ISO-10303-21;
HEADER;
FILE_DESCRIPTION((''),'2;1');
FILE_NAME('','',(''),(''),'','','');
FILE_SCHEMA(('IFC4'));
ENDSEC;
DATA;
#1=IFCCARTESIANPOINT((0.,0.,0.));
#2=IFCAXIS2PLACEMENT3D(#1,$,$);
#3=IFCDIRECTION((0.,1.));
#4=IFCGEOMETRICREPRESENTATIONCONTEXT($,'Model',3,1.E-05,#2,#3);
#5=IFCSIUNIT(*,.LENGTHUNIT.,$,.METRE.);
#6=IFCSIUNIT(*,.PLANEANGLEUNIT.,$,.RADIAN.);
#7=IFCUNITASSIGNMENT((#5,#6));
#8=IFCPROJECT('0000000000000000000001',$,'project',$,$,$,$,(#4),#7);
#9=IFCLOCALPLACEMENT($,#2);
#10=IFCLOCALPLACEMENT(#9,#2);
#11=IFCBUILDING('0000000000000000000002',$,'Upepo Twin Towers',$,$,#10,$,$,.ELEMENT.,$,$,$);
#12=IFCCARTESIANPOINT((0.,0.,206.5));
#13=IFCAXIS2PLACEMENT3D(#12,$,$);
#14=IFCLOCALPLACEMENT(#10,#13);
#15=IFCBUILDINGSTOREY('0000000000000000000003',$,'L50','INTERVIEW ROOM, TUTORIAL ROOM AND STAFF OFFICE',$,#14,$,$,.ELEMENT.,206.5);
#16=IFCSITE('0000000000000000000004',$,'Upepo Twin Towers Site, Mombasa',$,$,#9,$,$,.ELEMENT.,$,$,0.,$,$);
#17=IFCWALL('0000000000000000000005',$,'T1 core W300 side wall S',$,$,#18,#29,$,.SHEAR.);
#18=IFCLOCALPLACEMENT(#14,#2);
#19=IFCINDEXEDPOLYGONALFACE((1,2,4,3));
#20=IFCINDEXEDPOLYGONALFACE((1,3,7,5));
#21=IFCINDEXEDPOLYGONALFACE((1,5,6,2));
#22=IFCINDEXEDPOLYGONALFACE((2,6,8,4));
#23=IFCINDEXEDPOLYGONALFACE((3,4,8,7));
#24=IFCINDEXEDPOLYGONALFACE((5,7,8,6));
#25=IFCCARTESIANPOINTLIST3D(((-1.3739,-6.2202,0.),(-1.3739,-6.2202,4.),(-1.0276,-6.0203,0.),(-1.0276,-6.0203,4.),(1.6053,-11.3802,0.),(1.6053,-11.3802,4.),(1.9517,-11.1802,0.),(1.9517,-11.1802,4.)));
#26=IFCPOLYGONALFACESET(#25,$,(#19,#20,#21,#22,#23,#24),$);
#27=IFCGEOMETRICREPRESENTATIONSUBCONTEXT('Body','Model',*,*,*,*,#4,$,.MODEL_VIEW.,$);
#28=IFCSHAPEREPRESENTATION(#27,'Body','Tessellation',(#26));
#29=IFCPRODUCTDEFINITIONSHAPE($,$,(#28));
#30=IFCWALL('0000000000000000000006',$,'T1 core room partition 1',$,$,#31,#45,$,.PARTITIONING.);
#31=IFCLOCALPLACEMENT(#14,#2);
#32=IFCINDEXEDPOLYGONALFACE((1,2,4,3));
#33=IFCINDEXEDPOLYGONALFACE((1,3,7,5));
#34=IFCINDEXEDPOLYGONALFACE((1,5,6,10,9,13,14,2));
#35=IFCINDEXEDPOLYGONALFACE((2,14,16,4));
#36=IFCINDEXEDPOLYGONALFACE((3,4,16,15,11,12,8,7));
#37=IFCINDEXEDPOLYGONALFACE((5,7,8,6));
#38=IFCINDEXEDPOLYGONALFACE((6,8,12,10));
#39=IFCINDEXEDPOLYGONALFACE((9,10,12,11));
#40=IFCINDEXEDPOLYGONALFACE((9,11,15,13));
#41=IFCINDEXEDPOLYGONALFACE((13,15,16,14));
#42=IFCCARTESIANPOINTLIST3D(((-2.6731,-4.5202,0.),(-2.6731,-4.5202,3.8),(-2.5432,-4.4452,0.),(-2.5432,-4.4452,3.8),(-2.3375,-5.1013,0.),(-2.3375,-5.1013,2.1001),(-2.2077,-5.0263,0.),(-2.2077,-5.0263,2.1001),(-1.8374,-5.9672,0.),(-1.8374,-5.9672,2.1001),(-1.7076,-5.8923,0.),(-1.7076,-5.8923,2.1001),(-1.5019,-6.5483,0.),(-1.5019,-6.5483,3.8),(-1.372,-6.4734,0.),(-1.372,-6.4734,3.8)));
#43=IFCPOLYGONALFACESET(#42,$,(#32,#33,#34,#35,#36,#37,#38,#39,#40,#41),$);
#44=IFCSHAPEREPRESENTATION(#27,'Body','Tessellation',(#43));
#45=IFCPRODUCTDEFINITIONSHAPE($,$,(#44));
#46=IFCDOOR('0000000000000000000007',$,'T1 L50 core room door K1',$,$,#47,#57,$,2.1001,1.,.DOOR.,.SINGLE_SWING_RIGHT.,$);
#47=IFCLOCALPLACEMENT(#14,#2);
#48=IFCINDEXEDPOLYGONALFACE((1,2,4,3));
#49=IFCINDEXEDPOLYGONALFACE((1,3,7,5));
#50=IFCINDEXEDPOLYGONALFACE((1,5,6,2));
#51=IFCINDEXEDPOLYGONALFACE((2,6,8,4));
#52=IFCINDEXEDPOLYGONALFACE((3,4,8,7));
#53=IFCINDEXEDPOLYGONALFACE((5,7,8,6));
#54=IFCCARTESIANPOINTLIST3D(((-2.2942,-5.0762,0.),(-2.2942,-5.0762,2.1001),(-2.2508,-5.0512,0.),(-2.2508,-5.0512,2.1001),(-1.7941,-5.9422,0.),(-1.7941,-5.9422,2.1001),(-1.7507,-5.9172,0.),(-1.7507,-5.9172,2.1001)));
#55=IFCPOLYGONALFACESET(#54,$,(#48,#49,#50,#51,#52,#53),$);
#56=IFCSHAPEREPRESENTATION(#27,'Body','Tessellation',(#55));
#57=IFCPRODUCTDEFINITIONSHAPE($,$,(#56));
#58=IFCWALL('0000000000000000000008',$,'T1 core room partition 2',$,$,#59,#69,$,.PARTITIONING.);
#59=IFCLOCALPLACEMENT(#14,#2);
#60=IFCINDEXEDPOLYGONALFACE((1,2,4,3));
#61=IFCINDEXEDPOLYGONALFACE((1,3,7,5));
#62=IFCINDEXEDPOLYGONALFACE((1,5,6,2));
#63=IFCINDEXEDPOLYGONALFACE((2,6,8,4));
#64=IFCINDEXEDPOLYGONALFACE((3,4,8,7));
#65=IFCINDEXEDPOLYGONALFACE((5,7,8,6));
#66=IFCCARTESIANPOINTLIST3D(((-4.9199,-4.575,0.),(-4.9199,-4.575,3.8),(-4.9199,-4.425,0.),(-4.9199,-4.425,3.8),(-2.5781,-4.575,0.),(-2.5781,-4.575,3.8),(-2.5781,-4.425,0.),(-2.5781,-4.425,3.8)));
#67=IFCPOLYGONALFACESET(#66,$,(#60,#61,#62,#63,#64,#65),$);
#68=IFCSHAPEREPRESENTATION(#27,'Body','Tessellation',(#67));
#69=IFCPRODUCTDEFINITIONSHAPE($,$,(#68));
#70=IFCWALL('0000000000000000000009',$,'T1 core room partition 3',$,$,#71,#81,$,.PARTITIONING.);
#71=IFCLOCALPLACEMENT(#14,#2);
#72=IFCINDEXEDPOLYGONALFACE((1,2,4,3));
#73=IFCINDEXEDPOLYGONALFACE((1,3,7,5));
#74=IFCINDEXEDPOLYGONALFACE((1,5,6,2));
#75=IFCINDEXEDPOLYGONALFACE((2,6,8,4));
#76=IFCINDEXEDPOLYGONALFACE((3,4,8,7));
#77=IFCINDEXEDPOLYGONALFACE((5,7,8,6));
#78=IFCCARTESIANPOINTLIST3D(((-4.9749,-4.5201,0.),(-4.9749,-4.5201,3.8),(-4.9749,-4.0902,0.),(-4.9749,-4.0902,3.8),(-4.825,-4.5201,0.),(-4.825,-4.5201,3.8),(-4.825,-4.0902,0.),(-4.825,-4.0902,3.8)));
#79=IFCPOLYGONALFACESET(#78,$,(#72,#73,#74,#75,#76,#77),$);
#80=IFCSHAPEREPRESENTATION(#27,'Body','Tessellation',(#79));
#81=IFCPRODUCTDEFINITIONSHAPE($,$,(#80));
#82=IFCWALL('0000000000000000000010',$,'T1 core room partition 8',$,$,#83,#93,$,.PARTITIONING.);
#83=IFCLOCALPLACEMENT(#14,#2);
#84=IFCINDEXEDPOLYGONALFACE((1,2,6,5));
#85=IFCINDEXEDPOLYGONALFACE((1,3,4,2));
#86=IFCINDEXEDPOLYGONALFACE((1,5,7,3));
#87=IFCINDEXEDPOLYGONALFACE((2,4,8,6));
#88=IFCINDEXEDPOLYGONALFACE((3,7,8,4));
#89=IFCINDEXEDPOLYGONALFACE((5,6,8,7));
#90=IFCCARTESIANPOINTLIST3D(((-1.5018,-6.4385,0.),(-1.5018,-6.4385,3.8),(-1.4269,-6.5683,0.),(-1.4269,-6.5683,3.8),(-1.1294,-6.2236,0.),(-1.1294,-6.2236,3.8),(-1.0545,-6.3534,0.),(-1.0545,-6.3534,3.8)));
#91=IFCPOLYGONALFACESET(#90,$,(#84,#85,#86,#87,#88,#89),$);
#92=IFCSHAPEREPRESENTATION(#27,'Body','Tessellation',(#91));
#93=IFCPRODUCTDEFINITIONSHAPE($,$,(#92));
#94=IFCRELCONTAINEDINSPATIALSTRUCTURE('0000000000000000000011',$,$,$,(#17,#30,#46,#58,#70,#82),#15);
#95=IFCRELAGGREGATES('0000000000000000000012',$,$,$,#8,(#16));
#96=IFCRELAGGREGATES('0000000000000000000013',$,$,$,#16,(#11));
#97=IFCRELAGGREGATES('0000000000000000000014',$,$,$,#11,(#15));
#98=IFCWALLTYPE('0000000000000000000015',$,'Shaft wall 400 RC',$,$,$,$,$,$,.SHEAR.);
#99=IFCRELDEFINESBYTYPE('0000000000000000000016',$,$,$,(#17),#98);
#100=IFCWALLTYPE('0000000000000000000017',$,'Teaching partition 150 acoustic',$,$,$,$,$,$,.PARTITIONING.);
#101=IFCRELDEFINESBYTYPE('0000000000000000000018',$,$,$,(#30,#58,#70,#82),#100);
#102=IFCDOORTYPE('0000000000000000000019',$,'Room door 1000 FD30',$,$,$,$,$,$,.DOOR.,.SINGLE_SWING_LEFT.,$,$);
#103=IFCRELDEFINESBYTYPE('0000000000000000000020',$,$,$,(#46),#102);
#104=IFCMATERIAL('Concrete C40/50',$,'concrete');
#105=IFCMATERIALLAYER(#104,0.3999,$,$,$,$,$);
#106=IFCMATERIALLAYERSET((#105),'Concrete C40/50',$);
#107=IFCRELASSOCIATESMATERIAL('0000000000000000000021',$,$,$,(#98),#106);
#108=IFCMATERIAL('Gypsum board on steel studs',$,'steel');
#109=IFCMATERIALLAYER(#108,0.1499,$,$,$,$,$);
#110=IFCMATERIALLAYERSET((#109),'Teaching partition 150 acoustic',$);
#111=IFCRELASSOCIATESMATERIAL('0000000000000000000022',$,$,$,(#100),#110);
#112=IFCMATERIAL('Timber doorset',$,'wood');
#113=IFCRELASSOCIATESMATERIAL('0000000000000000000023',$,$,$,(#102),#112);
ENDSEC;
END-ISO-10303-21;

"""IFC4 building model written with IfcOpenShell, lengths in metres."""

from ifc_helpers import new_model, si_unit, direction, frame, frame_2d, origin, place, context, subcontext, project, spatial, rectangle, extrude, material, layer, layer_set, type_object, element, fill, save


model = new_model("IFC4")

# Units and contexts
model_context = context("Model", 3, precision=1e-05, world=origin(), true_north=direction((0.0, 1.0)))
body_context = subcontext(model_context, "Body", "Model", "MODEL_VIEW")
ifc_project = project(units=[si_unit("LENGTHUNIT", "METRE"), si_unit("PLANEANGLEUNIT", "RADIAN")], contexts=[model_context])

# Site, building, storey
site_placement = place(None, origin())
site = spatial("IfcSite", under=ifc_project, at=site_placement, Name="Upepo Twin Towers Site, Mombasa", CompositionType="ELEMENT", RefElevation=0.0)
building_placement = place(site_placement, origin())
building = spatial("IfcBuilding", under=site, at=building_placement, Name="Upepo Twin Towers", CompositionType="ELEMENT")
storey_placement = place(building_placement, frame((0.0, 0.0, 206.5)))
storey = spatial("IfcBuildingStorey", under=building, at=storey_placement, Name="L50", Description="INTERVIEW ROOM, TUTORIAL ROOM AND STAFF OFFICE", CompositionType="ELEMENT", Elevation=206.5)

# Wall
ifc_material_1 = material(Name="Concrete C40/50", Category="concrete")
ifc_layer_1 = layer(ifc_material_1, 0.3999)
ifc_layer_set_1 = layer_set([ifc_layer_1], Name="Concrete C40/50")
wall_type_1 = type_object("IfcWallType", Name="Shaft wall 400 RC", PredefinedType="SHEAR", material=ifc_layer_set_1)
wall_1_placement = place(storey_placement, frame((-1.2007, -6.1204, 0.0), z_axis=(0.0, 0.0, 1.0), x_axis=(0.500022, -0.866013, 0.0)))
element("IfcWall", 1, at=wall_1_placement, inside=storey, type_object=wall_type_1, Name="T1 core W300 side wall S", PredefinedType="SHEAR", context=body_context, shape_type="SweptSolid", body=[
    extrude(rectangle(XDim=5.9583, YDim=0.3999, at=frame_2d((2.979, 0.0))), origin(), (0.0, 0.0, 1.0), 4.0),
])

# Wall, opening, door
ifc_material_2 = material(Name="Gypsum board on steel studs", Category="steel")
ifc_layer_2 = layer(ifc_material_2, 0.1499)
ifc_layer_set_2 = layer_set([ifc_layer_2], Name="Teaching partition 150 acoustic")
wall_type_2 = type_object("IfcWallType", Name="Teaching partition 150 acoustic", PredefinedType="PARTITIONING", material=ifc_layer_set_2)
wall_2_placement = place(storey_placement, frame((-1.437, -6.5107, 0.0), z_axis=(0.0, 0.0, 1.0), x_axis=(-0.500074, 0.865982, 0.0)))
wall_2 = element("IfcWall", 2, at=wall_2_placement, inside=storey, type_object=wall_type_2, Name="T1 core room partition 1", PredefinedType="PARTITIONING", context=body_context, shape_type="SweptSolid", body=[
    extrude(rectangle(XDim=2.342, YDim=0.1499, at=frame_2d((1.1709, 0.0))), origin(), (0.0, 0.0, 1.0), 3.8),
])
opening_1_placement = place(wall_2_placement, frame((0.6709, 0.0, 0.0)))
opening_1 = element("IfcOpeningElement", 3, at=opening_1_placement, cuts=wall_2, PredefinedType="OPENING", context=body_context, shape_type="SweptSolid", body=[
    extrude(rectangle(XDim=1.0, YDim=2.1001, at=frame_2d((0.5, 1.05))), frame((0.0, 0.085, 0.0), z_axis=(0.0, -1.0, 0.0), x_axis=(1.0, 0.0, 0.0)), (0.0, 0.0, 1.0), 0.1699),
])
ifc_material_3 = material(Name="Timber doorset", Category="wood")
door_type_1 = type_object("IfcDoorType", Name="Room door 1000 FD30", OperationType="SINGLE_SWING_LEFT", PredefinedType="DOOR", material=ifc_material_3)
door_1_placement = place(opening_1_placement, origin())
door_1 = element("IfcDoor", 4, at=door_1_placement, inside=storey, type_object=door_type_1, Name="T1 L50 core room door K1", OperationType="SINGLE_SWING_RIGHT", OverallHeight=2.1001, OverallWidth=1.0, PredefinedType="DOOR", context=body_context, shape_type="SweptSolid", body=[
    extrude(rectangle(XDim=1.0, YDim=2.1001, at=frame_2d((0.5, 1.05))), frame((0.0, 0.0249, 0.0), z_axis=(0.0, -1.0, 0.0), x_axis=(1.0, 0.0, 0.0)), (0.0, 0.0, 1.0), 0.05),
])
fill(opening_1, door_1)

# Walls
wall_3_placement = place(storey_placement, frame((-2.5781, -4.5, 0.0), z_axis=(0.0, 0.0, 1.0), x_axis=(-1.0, 0.0, 0.0)))
element("IfcWall", 5, at=wall_3_placement, inside=storey, type_object=wall_type_2, Name="T1 core room partition 2", PredefinedType="PARTITIONING", context=body_context, shape_type="SweptSolid", body=[
    extrude(rectangle(XDim=2.3418, YDim=0.1499, at=frame_2d((1.1709, 0.0))), origin(), (0.0, 0.0, 1.0), 3.8),
])
for number, where, z_axis, x_axis, name in (
    (6, (-4.8999, -4.52, 0.0), (0.0, 0.0, 1.0), (0.0, 1.0, 0.0), "T1 core room partition 3"),
    (7, (-1.092, -6.2886, 0.0), (0.0, 0.0, 1.0), (-0.866138, -0.499804, 0.0), "T1 core room partition 8"),
):
    element("IfcWall", number, at=place(storey_placement, frame(where, z_axis=z_axis, x_axis=x_axis)), inside=storey, type_object=wall_type_2, Name=name, PredefinedType="PARTITIONING", context=body_context, shape_type="SweptSolid", body=[
        extrude(rectangle(XDim=0.4299, YDim=0.1499, at=frame_2d((0.2148, 0.0))), origin(), (0.0, 0.0, 1.0), 3.8),
    ])

save(model, "model.ifc")
